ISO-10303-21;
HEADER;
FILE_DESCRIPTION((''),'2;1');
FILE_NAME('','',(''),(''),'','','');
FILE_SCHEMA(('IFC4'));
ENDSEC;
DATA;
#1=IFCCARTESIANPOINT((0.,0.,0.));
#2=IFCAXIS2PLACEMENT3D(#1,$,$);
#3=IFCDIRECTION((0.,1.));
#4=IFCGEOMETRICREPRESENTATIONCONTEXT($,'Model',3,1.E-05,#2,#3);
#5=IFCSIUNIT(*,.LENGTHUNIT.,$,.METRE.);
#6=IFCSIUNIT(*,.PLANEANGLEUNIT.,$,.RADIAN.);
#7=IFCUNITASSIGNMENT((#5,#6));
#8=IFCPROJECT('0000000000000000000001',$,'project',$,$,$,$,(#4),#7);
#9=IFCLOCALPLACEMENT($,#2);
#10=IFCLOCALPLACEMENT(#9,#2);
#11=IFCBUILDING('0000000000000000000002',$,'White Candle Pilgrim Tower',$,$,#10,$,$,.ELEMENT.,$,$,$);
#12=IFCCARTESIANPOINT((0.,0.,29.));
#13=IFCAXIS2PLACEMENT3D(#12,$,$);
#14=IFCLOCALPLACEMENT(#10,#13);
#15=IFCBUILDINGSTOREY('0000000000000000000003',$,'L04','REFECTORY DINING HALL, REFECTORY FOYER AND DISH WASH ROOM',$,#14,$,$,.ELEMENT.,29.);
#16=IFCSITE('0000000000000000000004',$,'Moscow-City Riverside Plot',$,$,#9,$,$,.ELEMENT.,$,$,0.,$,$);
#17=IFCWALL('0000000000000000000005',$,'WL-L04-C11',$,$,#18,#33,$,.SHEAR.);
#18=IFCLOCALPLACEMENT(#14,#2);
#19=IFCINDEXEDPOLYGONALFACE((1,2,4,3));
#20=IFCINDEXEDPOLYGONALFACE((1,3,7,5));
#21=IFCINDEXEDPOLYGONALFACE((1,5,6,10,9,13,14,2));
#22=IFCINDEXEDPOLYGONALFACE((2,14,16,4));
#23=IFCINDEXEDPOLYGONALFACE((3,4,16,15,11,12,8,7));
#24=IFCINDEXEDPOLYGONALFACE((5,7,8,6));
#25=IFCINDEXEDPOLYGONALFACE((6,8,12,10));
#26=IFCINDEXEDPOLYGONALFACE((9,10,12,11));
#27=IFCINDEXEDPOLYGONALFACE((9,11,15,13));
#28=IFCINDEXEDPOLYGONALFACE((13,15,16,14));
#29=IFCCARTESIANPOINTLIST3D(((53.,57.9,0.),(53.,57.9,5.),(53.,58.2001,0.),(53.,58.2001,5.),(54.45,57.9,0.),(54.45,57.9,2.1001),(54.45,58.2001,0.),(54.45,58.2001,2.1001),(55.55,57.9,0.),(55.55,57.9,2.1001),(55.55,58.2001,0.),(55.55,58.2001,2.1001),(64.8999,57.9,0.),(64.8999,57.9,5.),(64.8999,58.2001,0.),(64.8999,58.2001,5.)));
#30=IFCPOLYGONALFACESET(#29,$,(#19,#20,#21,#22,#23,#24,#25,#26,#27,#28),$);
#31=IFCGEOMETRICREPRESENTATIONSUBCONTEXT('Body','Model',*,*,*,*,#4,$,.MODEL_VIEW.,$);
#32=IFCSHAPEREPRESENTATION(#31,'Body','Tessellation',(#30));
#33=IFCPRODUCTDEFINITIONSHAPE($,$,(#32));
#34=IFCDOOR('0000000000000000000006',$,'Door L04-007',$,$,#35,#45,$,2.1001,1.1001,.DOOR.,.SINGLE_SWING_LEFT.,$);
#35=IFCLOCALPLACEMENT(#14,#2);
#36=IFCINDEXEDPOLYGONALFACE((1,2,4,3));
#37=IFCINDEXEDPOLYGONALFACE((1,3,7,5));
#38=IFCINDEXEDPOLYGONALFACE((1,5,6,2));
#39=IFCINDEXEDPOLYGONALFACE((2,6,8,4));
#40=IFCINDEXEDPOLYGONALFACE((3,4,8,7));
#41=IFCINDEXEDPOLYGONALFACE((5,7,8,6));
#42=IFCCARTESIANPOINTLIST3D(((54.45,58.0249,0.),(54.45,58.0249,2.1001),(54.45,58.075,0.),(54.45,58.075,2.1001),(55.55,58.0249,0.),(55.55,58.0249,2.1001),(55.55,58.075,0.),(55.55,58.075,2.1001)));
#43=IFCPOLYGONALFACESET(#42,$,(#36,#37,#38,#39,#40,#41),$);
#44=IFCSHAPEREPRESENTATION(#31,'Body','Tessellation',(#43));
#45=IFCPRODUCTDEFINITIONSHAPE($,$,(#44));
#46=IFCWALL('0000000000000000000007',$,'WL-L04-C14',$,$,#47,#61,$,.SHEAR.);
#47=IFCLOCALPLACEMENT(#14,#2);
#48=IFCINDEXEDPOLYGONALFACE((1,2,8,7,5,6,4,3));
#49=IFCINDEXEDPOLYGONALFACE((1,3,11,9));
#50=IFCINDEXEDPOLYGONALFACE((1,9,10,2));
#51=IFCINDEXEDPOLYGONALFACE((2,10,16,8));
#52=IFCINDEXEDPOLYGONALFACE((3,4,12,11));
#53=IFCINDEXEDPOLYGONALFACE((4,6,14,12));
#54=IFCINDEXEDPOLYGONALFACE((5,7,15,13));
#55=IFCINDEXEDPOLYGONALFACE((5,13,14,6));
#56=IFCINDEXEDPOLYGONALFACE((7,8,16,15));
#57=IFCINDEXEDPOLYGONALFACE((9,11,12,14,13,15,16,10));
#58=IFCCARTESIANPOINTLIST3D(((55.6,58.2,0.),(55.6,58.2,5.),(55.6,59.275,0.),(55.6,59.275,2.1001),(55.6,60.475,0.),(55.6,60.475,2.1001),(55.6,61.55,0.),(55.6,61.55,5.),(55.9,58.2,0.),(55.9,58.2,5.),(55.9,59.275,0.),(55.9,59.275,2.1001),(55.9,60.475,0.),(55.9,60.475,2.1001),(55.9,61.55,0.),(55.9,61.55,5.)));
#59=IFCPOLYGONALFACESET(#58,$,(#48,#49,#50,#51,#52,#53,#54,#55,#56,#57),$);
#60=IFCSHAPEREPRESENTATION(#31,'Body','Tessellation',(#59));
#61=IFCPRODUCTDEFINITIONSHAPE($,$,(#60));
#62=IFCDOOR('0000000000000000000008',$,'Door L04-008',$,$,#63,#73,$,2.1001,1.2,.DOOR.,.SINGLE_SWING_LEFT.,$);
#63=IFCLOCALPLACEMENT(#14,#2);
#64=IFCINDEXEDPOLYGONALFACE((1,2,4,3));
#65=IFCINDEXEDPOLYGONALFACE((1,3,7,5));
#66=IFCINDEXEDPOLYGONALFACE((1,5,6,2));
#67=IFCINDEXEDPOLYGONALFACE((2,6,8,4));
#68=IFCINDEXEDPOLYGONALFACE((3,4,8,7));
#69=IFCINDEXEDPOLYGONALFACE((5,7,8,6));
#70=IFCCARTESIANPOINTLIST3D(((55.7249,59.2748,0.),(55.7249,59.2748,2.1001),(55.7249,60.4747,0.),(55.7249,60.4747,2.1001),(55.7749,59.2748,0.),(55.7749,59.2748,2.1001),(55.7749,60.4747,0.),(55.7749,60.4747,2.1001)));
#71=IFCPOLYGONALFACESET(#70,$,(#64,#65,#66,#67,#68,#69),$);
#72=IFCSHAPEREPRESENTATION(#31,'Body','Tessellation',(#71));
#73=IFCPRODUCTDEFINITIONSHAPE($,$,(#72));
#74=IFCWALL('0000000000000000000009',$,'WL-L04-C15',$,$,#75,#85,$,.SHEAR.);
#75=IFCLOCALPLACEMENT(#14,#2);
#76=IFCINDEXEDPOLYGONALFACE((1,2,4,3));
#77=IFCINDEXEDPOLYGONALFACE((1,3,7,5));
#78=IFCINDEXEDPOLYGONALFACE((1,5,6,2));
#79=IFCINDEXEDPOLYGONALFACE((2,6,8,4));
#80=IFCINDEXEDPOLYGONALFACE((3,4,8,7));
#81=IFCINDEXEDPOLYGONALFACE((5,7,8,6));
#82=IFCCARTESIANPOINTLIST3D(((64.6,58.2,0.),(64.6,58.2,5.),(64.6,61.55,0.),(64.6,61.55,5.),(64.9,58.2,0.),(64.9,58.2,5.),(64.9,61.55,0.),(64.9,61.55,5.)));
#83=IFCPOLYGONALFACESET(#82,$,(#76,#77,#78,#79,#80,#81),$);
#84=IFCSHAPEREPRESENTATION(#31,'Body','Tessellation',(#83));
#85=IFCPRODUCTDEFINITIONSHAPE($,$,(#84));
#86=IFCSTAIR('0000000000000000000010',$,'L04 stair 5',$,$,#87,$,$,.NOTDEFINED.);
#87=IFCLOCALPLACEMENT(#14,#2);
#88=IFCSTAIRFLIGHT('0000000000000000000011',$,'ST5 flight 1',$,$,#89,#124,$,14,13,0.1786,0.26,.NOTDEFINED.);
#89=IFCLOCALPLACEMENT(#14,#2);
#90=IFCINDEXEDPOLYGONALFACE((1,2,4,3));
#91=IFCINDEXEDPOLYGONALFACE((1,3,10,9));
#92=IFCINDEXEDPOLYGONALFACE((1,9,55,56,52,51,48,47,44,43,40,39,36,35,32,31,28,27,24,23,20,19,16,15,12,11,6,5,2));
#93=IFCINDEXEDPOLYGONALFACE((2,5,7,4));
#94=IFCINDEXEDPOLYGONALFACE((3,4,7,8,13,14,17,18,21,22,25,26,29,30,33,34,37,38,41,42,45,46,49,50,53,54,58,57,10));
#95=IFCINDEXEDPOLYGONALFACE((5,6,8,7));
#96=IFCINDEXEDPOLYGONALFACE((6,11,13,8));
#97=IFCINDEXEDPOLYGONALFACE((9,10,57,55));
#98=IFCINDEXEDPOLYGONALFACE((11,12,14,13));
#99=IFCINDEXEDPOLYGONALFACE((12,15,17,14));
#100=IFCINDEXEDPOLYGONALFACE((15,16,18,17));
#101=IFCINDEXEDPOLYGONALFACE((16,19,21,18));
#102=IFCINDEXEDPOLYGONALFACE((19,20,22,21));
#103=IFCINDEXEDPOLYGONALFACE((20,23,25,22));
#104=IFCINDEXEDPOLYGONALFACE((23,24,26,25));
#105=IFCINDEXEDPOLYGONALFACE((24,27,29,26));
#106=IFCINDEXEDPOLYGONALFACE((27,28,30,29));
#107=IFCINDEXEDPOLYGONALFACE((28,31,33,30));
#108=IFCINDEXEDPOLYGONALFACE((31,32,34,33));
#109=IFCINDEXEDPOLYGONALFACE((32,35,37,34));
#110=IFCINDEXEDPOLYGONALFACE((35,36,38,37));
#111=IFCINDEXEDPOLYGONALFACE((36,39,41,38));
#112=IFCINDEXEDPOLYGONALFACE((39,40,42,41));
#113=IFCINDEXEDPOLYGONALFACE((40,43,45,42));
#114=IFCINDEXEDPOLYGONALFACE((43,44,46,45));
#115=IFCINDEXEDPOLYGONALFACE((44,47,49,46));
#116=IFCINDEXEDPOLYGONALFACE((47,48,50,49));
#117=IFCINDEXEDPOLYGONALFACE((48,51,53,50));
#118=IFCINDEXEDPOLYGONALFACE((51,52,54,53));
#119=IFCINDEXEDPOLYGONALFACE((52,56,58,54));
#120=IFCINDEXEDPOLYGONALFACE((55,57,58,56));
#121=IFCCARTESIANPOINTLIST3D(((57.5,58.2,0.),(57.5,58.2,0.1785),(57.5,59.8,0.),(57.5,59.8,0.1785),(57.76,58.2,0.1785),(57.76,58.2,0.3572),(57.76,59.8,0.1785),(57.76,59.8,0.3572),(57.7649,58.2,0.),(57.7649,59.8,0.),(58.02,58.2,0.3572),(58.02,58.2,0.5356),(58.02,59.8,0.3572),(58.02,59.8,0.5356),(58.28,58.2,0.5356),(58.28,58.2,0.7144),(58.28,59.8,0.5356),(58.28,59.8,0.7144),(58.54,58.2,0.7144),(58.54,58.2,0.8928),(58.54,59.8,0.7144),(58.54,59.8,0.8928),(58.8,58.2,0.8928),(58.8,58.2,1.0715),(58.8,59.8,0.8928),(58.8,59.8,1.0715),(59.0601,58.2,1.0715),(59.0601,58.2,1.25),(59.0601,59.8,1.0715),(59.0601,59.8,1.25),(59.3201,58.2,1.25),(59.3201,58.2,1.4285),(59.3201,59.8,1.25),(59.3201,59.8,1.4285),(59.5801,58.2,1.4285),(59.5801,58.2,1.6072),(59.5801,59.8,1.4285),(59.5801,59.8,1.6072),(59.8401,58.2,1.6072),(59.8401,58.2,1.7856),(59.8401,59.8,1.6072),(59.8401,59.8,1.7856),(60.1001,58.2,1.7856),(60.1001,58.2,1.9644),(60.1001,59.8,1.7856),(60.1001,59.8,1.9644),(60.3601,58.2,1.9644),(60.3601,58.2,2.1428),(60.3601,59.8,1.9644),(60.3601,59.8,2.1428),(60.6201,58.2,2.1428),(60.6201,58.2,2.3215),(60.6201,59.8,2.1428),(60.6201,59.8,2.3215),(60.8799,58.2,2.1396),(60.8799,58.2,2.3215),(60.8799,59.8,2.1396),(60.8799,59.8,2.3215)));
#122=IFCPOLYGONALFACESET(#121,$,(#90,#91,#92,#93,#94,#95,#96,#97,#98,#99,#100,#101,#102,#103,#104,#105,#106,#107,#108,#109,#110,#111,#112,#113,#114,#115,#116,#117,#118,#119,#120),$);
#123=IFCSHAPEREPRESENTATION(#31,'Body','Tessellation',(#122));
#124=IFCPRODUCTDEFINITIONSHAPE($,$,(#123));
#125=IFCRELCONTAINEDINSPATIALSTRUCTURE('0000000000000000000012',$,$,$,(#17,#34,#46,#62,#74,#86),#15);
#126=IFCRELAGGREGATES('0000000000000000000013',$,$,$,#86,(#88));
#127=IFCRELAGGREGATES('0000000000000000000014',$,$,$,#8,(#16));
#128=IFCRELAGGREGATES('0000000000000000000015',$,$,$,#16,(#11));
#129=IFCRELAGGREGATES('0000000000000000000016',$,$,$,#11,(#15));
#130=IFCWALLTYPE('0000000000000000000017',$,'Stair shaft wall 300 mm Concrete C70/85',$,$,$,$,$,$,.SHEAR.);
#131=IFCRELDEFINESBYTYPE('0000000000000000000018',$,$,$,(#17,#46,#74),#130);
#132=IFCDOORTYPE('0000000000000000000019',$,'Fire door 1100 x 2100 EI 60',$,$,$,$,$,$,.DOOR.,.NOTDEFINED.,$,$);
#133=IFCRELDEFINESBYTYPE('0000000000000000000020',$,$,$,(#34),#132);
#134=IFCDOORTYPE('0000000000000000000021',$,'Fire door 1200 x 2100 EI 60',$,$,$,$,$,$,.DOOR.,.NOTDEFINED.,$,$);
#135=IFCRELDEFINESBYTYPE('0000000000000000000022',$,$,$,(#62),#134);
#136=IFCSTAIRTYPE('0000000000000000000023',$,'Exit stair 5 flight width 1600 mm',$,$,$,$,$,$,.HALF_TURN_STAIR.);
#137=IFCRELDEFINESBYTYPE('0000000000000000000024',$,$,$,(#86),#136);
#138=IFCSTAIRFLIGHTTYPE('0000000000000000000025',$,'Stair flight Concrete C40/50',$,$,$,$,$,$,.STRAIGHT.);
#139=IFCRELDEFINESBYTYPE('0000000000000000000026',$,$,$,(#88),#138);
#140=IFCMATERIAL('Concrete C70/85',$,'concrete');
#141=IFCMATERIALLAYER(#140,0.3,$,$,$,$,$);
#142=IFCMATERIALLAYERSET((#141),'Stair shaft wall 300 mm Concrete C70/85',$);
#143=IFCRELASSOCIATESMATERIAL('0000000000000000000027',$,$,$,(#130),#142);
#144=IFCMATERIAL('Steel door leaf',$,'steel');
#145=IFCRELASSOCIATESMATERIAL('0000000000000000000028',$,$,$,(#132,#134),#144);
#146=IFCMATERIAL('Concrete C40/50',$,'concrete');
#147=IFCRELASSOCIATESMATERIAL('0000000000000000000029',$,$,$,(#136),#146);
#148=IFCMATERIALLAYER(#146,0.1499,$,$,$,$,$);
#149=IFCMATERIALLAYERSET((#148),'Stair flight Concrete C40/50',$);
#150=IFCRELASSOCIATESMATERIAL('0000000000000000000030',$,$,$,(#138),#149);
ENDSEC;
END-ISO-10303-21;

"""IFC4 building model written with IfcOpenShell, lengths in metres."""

from ifc_helpers import new_model, si_unit, direction, frame, frame_2d, origin, place, context, subcontext, project, spatial, polyline, rectangle, outline, extrude, material, layer, layer_set, type_object, element, fill, aggregate, save


model = new_model("IFC4")

# Units and contexts
model_context = context("Model", 3, precision=1e-05, world=origin(), true_north=direction((0.0, 1.0)))
body_context = subcontext(model_context, "Body", "Model", "MODEL_VIEW")
ifc_project = project(units=[si_unit("LENGTHUNIT", "METRE"), si_unit("PLANEANGLEUNIT", "RADIAN")], contexts=[model_context])

# Site, building, storey
site_placement = place(None, origin())
site = spatial("IfcSite", under=ifc_project, at=site_placement, Name="Moscow-City Riverside Plot", CompositionType="ELEMENT", RefElevation=0.0)
building_placement = place(site_placement, origin())
building = spatial("IfcBuilding", under=site, at=building_placement, Name="White Candle Pilgrim Tower", CompositionType="ELEMENT")
storey_placement = place(building_placement, frame((0.0, 0.0, 29.0)))
storey = spatial("IfcBuildingStorey", under=building, at=storey_placement, Name="L04", Description="REFECTORY DINING HALL, REFECTORY FOYER AND DISH WASH ROOM", CompositionType="ELEMENT", Elevation=29.0)

# Shared definitions
ifc_material_1 = material(Name="Concrete C70/85", Category="concrete")

# Shared definitions
ifc_material_2 = material(Name="Steel door leaf", Category="steel")

# Walls, openings, doors
ifc_layer_1 = layer(ifc_material_1, 0.3)
ifc_layer_set_1 = layer_set([ifc_layer_1], Name="Stair shaft wall 300 mm Concrete C70/85")
wall_type_1 = type_object("IfcWallType", Name="Stair shaft wall 300 mm Concrete C70/85", PredefinedType="SHEAR", material=ifc_layer_set_1)
wall_1_placement = place(storey_placement, frame((53.0, 58.05, 0.0), z_axis=(0.0, 0.0, 1.0), x_axis=(1.0, 0.0, 0.0)))
wall_1 = element("IfcWall", 1, at=wall_1_placement, inside=storey, type_object=wall_type_1, Name="WL-L04-C11", PredefinedType="SHEAR", context=body_context, shape_type="SweptSolid", body=[
    extrude(rectangle(XDim=11.8999, YDim=0.3, at=frame_2d((5.95, 0.0))), origin(), (0.0, 0.0, 1.0), 5.0),
])
opening_1_placement = place(wall_1_placement, frame((1.45, 0.0, 0.0)))
opening_1 = element("IfcOpeningElement", 2, at=opening_1_placement, cuts=wall_1, PredefinedType="OPENING", context=body_context, shape_type="SweptSolid", body=[
    extrude(rectangle(XDim=1.1001, YDim=2.1001, at=frame_2d((0.55, 1.05))), frame((0.0, 0.1599, 0.0), z_axis=(0.0, -1.0, 0.0), x_axis=(1.0, 0.0, 0.0)), (0.0, 0.0, 1.0), 0.3201),
])
door_type_1 = type_object("IfcDoorType", Name="Fire door 1100 x 2100 EI 60", OperationType="NOTDEFINED", PredefinedType="DOOR", material=ifc_material_2)
door_1_placement = place(opening_1_placement, origin())
door_1 = element("IfcDoor", 3, at=door_1_placement, inside=storey, type_object=door_type_1, Name="Door L04-007", OperationType="SINGLE_SWING_LEFT", OverallHeight=2.1001, OverallWidth=1.1001, PredefinedType="DOOR", context=body_context, shape_type="SweptSolid", body=[
    extrude(rectangle(XDim=1.1001, YDim=2.1001, at=frame_2d((0.55, 1.05))), frame((0.0, 0.0249, 0.0), z_axis=(0.0, -1.0, 0.0), x_axis=(1.0, 0.0, 0.0)), (0.0, 0.0, 1.0), 0.05),
])
fill(opening_1, door_1)
wall_2_placement = place(storey_placement, frame((55.75, 58.2, 0.0), z_axis=(0.0, 0.0, 1.0), x_axis=(0.0, 1.0, 0.0)))
wall_2 = element("IfcWall", 4, at=wall_2_placement, inside=storey, type_object=wall_type_1, Name="WL-L04-C14", PredefinedType="SHEAR", context=body_context, shape_type="SweptSolid", body=[
    extrude(rectangle(XDim=3.3501, YDim=0.3, at=frame_2d((1.675, 0.0))), origin(), (0.0, 0.0, 1.0), 5.0),
])
opening_2_placement = place(wall_2_placement, frame((1.075, 0.0, 0.0)))
opening_2 = element("IfcOpeningElement", 5, at=opening_2_placement, cuts=wall_2, PredefinedType="OPENING", context=body_context, shape_type="SweptSolid", body=[
    extrude(rectangle(XDim=1.2, YDim=2.1001, at=frame_2d((0.6001, 1.05))), frame((0.0, 0.1599, 0.0), z_axis=(0.0, -1.0, 0.0), x_axis=(1.0, 0.0, 0.0)), (0.0, 0.0, 1.0), 0.3201),
])
door_type_2 = type_object("IfcDoorType", Name="Fire door 1200 x 2100 EI 60", OperationType="NOTDEFINED", PredefinedType="DOOR", material=ifc_material_2)
door_2_placement = place(opening_2_placement, frame((1.2, 0.0, 0.0), z_axis=(0.0, 0.0, 1.0), x_axis=(-1.0, 0.0, 0.0)))
door_2 = element("IfcDoor", 6, at=door_2_placement, inside=storey, type_object=door_type_2, Name="Door L04-008", OperationType="SINGLE_SWING_LEFT", OverallHeight=2.1001, OverallWidth=1.2, PredefinedType="DOOR", context=body_context, shape_type="SweptSolid", body=[
    extrude(rectangle(XDim=1.2, YDim=2.1001, at=frame_2d((0.6001, 1.05))), frame((0.0, 0.0249, 0.0), z_axis=(0.0, -1.0, 0.0), x_axis=(1.0, 0.0, 0.0)), (0.0, 0.0, 1.0), 0.05),
])
fill(opening_2, door_2)

# Wall
wall_3_placement = place(storey_placement, frame((64.75, 58.2, 0.0), z_axis=(0.0, 0.0, 1.0), x_axis=(0.0, 1.0, 0.0)))
element("IfcWall", 7, at=wall_3_placement, inside=storey, type_object=wall_type_1, Name="WL-L04-C15", PredefinedType="SHEAR", context=body_context, shape_type="SweptSolid", body=[
    extrude(rectangle(XDim=3.3501, YDim=0.3, at=frame_2d((1.675, 0.0))), origin(), (0.0, 0.0, 1.0), 5.0),
])

# Stair, stair flight
ifc_material_3 = material(Name="Concrete C40/50", Category="concrete")
stair_type = type_object("IfcStairType", Name="Exit stair 5 flight width 1600 mm", PredefinedType="HALF_TURN_STAIR", material=ifc_material_3)
stair_placement = place(storey_placement, origin())
stair = element("IfcStair", 8, at=stair_placement, inside=storey, type_object=stair_type, Name="L04 stair 5", PredefinedType="NOTDEFINED")
ifc_layer_2 = layer(ifc_material_3, 0.1499)
ifc_layer_set_2 = layer_set([ifc_layer_2], Name="Stair flight Concrete C40/50")
stair_flight_type = type_object("IfcStairFlightType", Name="Stair flight Concrete C40/50", PredefinedType="STRAIGHT", material=ifc_layer_set_2)
stair_flight_placement = place(storey_placement, frame((57.5, 59.0, 0.0), z_axis=(0.0, 0.0, 1.0), x_axis=(1.0, 0.0, 0.0)))
stair_flight = element("IfcStairFlight", 9, at=stair_flight_placement, type_object=stair_flight_type, Name="ST5 flight 1", NumberOfRisers=14, NumberOfTreads=13, PredefinedType="NOTDEFINED", RiserHeight=0.1786, TreadLength=0.26, context=body_context, shape_type="SweptSolid", body=[
    extrude(outline(polyline([(0.0, 0.0), (0.0, 0.1785), (0.26, 0.1785), (0.26, 0.3572), (0.52, 0.3572), (0.52, 0.5356), (0.78, 0.5356), (0.78, 0.7144), (1.04, 0.7144), (1.04, 0.8928), (1.3, 0.8928), (1.3, 1.0715), (1.5601, 1.0715), (1.5601, 1.25), (1.8201, 1.25), (1.8201, 1.4285), (2.0801, 1.4285), (2.0801, 1.6072), (2.3401, 1.6072), (2.3401, 1.7856), (2.6001, 1.7856), (2.6001, 1.9644), (2.8601, 1.9644), (2.8601, 2.1428), (3.1201, 2.1428), (3.1201, 2.3215), (3.3799, 2.3215), (3.3799, 2.5), (3.3799, 2.1396), (0.2649, 0.0), (0.0, 0.0)])), frame((0.0, 0.8, 0.0), z_axis=(0.0, -1.0, 0.0), x_axis=(1.0, 0.0, 0.0)), (0.0, 0.0, 1.0), 1.6001),
])
aggregate(stair, [stair_flight])

save(model, "model.ifc")
